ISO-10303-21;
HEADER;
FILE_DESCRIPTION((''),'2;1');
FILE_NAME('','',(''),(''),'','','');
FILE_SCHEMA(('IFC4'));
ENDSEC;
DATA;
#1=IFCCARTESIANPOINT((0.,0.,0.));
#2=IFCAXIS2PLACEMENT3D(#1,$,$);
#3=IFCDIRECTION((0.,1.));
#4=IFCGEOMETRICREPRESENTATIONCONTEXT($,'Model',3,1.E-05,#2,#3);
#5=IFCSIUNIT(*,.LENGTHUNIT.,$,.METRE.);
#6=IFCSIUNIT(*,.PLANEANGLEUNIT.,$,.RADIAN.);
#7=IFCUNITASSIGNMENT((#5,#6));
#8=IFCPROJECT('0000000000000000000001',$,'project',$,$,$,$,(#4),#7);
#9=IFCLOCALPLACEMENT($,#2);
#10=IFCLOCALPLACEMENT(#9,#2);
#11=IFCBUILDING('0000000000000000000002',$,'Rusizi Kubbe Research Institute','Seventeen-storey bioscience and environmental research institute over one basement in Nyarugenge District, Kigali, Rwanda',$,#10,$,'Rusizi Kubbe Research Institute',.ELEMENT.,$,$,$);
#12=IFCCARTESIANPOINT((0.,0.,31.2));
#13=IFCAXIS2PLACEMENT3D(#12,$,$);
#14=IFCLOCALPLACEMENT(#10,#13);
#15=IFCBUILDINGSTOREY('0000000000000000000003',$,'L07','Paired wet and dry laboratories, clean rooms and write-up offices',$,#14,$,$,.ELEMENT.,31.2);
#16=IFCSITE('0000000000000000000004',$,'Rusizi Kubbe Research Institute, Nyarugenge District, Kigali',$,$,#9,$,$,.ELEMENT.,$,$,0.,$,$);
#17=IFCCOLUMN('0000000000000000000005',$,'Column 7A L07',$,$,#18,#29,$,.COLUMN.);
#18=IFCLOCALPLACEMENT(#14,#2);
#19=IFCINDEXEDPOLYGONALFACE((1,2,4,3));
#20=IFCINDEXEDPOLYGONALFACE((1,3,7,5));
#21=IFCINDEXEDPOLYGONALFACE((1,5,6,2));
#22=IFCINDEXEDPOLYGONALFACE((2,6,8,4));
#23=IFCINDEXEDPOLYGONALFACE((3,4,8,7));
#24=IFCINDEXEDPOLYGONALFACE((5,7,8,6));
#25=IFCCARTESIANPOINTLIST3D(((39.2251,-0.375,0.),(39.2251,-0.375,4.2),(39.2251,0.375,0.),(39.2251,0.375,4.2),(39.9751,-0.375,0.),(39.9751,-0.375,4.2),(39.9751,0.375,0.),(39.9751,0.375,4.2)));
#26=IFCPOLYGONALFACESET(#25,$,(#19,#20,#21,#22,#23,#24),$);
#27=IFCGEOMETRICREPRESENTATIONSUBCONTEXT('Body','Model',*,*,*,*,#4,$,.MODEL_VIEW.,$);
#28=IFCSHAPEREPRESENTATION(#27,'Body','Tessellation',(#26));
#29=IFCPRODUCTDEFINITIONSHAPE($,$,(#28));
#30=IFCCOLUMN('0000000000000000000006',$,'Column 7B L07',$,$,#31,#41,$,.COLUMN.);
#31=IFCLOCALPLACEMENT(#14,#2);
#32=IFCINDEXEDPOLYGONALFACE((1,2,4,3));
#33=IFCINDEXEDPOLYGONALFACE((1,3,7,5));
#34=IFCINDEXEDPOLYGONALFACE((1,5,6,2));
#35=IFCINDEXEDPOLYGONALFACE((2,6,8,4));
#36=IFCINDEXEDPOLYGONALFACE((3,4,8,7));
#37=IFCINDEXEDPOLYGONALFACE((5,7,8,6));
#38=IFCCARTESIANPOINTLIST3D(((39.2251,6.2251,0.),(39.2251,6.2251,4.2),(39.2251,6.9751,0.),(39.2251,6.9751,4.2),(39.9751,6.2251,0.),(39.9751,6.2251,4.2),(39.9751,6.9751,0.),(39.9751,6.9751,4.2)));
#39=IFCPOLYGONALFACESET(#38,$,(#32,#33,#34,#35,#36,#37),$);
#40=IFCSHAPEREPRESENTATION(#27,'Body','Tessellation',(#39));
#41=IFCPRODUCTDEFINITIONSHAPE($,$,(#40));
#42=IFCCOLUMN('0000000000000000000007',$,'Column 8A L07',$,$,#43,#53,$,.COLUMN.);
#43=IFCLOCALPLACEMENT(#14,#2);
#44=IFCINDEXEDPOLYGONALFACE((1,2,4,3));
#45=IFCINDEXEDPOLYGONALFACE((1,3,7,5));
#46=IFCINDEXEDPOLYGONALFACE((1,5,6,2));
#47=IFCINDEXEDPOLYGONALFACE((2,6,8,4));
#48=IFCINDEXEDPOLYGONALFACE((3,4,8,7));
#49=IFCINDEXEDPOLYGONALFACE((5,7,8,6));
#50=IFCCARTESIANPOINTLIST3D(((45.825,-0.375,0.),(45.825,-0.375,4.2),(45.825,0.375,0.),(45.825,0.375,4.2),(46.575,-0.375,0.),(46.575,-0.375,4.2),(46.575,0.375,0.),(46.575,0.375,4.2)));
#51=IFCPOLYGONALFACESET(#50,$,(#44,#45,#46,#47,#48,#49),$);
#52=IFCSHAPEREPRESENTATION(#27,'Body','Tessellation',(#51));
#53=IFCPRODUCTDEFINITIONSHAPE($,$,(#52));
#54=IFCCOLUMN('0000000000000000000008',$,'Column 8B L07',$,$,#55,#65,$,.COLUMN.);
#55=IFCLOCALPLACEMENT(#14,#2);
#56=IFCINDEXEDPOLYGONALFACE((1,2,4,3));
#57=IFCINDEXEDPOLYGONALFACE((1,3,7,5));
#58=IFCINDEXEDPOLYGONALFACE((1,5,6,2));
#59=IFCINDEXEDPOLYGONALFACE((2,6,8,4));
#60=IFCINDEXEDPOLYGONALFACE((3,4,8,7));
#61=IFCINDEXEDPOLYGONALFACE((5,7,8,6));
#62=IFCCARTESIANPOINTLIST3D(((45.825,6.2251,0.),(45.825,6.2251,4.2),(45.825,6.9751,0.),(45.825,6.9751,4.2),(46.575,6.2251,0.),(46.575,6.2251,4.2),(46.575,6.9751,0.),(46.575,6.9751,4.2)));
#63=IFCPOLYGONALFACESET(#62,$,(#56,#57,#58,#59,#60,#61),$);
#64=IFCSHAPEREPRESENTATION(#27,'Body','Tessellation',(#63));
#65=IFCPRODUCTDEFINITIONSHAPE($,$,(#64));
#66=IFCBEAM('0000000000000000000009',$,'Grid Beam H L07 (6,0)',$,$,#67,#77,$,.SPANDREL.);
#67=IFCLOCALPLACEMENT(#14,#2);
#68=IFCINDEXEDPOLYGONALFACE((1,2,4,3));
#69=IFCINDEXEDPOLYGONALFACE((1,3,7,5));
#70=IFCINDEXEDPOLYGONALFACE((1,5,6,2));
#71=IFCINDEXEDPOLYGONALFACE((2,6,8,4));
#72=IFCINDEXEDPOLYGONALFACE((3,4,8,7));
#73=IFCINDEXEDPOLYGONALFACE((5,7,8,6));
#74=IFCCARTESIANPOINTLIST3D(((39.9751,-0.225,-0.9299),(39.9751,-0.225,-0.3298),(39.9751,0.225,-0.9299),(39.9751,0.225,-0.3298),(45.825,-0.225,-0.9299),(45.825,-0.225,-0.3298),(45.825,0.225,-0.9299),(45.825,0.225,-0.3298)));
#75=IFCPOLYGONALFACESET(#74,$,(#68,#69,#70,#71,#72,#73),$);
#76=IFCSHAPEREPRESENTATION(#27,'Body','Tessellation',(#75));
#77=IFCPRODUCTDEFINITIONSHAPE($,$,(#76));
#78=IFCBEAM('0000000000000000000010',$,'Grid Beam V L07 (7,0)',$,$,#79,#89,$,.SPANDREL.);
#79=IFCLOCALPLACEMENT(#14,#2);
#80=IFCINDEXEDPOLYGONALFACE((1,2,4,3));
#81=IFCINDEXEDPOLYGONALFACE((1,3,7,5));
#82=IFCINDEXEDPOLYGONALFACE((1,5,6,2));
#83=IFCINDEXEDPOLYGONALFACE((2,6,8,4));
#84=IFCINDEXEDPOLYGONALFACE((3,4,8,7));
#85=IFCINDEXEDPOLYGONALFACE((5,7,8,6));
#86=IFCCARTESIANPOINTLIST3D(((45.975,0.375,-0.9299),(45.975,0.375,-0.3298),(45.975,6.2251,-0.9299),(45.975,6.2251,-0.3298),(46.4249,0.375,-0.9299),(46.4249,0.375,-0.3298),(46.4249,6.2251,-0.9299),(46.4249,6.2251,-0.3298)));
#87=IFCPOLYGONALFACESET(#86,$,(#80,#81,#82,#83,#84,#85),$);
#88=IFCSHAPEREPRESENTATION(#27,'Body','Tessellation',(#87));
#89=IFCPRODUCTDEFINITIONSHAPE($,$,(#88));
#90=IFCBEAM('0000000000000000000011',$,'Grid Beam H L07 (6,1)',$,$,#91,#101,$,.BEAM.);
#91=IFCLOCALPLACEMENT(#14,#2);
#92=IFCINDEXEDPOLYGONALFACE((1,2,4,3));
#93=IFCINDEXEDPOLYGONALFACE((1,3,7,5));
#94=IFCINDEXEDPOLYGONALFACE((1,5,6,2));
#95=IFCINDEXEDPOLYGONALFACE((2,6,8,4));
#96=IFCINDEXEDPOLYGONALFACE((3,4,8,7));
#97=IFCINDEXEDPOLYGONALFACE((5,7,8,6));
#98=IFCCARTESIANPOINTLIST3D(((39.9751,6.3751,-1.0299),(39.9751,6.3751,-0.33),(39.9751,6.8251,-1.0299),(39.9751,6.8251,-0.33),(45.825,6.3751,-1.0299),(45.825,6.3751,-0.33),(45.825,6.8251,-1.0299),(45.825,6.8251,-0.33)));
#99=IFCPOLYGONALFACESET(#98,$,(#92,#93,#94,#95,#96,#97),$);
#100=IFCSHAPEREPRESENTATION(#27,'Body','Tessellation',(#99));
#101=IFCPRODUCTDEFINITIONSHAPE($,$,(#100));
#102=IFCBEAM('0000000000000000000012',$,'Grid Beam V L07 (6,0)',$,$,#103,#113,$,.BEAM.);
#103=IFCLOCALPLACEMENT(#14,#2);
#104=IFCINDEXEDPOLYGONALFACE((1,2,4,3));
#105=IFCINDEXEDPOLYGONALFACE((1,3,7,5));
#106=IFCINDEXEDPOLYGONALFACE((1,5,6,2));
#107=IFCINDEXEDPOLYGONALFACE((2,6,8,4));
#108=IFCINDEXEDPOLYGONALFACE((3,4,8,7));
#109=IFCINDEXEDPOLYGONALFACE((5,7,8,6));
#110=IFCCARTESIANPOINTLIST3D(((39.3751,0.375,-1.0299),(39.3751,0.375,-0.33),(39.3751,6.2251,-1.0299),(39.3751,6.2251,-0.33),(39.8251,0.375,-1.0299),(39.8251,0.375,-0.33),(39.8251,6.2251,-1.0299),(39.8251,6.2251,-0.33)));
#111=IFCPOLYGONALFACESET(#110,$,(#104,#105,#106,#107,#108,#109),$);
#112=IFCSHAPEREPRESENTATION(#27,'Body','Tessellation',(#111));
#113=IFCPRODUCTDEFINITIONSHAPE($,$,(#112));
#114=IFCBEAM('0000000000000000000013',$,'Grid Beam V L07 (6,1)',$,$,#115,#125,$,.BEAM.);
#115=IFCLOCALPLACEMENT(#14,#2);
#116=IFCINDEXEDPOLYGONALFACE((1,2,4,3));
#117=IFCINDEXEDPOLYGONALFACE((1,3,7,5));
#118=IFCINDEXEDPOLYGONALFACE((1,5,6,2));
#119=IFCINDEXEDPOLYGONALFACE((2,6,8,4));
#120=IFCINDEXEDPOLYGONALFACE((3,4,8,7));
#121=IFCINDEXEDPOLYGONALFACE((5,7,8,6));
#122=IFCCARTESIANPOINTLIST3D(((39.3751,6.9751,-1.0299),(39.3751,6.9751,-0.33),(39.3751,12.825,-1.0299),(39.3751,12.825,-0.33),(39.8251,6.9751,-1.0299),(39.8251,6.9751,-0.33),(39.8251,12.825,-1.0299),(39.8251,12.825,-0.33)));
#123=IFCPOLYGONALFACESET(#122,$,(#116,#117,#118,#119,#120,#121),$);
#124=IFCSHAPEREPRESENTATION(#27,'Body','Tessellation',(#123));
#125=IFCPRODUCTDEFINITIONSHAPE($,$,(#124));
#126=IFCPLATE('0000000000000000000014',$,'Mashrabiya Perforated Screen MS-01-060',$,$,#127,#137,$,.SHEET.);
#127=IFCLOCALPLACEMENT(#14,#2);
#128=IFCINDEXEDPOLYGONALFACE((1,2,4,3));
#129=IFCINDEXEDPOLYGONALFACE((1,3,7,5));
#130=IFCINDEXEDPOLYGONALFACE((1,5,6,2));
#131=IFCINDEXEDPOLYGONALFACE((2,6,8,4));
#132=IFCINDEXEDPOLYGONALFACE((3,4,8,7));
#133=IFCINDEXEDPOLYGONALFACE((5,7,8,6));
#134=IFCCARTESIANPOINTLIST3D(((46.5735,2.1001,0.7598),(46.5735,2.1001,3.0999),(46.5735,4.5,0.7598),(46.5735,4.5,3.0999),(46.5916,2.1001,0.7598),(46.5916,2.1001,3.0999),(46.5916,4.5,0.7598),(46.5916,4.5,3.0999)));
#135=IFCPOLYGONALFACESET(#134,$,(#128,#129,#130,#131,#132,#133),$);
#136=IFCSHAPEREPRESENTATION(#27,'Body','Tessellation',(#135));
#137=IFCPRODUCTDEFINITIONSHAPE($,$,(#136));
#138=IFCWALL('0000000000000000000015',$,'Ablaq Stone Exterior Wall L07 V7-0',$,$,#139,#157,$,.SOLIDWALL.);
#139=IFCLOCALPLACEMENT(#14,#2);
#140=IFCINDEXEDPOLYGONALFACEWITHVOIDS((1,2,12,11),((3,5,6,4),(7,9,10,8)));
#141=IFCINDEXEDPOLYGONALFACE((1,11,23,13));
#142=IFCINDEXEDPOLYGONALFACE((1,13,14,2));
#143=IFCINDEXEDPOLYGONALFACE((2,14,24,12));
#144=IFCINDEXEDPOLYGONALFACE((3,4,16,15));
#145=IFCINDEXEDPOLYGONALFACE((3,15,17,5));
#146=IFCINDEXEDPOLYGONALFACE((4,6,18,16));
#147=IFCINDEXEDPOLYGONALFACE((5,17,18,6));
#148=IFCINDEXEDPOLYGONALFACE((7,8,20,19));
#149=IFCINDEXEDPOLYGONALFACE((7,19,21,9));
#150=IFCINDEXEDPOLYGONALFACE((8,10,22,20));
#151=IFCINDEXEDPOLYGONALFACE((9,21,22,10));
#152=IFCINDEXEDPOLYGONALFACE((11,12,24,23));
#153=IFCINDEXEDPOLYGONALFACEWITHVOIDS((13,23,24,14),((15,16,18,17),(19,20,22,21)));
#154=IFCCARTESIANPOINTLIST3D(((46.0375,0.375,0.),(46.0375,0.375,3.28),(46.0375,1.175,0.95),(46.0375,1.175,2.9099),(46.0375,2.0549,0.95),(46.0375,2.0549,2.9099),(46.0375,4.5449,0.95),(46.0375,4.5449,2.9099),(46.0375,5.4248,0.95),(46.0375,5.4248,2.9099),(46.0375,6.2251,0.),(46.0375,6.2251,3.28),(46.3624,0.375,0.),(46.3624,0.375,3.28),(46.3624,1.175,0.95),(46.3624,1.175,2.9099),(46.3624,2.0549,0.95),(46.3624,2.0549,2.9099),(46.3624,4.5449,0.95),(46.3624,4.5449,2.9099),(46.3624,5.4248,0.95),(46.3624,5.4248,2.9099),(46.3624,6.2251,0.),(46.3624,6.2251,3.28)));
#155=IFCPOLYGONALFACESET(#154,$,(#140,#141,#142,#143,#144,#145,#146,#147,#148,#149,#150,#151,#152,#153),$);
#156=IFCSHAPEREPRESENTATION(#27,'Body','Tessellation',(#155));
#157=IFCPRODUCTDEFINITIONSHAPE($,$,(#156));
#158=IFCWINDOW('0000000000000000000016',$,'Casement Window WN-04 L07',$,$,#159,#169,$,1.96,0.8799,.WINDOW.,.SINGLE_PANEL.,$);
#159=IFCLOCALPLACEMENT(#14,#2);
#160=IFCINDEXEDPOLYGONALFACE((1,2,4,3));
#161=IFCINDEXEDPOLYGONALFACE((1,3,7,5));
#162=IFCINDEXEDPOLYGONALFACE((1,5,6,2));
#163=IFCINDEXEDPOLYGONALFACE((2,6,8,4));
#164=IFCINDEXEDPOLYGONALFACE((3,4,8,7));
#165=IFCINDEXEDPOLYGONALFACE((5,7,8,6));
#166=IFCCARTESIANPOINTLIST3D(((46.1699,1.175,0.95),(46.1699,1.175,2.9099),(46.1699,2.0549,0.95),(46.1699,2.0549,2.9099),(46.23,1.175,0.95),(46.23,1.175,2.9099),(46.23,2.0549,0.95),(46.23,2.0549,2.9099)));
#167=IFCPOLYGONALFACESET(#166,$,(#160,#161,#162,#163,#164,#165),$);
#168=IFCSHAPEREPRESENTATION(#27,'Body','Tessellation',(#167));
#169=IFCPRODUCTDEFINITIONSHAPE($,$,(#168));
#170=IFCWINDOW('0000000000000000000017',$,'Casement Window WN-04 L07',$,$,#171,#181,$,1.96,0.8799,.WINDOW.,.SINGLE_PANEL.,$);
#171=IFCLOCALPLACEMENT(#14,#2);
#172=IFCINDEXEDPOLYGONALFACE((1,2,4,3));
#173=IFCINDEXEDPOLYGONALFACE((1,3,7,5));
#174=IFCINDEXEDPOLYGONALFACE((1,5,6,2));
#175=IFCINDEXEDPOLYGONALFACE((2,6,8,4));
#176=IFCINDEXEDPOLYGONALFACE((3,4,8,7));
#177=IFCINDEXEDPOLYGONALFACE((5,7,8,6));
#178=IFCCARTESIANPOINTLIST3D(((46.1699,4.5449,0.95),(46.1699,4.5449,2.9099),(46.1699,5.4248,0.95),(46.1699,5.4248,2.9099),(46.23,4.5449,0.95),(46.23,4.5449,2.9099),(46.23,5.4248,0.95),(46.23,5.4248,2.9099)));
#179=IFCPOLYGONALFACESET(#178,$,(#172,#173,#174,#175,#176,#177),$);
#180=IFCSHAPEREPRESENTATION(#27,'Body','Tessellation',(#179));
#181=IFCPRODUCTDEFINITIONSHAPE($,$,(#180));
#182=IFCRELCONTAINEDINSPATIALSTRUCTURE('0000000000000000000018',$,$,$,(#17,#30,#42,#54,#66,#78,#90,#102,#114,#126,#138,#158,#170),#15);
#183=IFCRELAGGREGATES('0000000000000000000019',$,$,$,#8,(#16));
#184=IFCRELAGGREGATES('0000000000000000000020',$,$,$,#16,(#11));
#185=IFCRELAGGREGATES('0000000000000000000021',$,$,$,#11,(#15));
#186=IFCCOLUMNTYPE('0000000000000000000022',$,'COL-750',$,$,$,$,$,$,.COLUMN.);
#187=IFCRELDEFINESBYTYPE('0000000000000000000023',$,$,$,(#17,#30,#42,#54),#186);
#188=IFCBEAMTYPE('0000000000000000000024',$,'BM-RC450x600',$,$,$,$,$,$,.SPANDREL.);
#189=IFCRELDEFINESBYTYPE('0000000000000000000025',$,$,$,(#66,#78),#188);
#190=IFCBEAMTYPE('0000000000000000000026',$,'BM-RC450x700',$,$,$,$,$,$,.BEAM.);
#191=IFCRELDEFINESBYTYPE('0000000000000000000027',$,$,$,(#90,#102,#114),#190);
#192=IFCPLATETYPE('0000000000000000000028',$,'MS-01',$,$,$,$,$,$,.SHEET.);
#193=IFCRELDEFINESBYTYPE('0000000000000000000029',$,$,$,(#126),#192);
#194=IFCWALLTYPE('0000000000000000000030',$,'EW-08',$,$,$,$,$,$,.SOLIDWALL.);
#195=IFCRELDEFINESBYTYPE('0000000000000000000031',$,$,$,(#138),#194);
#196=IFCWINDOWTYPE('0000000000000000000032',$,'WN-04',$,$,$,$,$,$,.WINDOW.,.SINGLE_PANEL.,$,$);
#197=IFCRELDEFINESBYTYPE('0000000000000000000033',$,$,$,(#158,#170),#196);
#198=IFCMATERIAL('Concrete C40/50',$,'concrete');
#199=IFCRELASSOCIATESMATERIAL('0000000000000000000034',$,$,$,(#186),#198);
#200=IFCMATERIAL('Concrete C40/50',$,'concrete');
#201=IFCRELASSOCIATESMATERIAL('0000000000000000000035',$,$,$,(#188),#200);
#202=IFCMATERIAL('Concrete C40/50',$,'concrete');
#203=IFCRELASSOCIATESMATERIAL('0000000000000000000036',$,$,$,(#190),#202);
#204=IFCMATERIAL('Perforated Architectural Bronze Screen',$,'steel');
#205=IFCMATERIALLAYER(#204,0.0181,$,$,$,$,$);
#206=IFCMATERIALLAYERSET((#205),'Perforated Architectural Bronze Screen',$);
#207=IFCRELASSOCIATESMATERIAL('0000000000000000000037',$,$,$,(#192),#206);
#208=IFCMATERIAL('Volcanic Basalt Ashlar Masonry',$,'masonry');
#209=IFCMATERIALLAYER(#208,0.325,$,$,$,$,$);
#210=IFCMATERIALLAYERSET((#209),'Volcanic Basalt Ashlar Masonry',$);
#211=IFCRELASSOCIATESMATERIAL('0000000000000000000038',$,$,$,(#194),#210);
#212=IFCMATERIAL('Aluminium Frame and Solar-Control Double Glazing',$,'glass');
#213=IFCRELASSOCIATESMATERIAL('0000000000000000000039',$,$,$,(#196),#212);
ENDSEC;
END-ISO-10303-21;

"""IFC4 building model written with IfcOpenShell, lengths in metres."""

from ifc_helpers import new_model, si_unit, direction, frame, frame_2d, origin, origin_2d, place, context, subcontext, project, spatial, rectangle, extrude, material, layer, layer_set, material_profile, profile_set, type_object, element, fill, save


model = new_model("IFC4")

# Units and contexts
model_context = context("Model", 3, precision=1e-05, world=origin(), true_north=direction((0.0, 1.0)))
body_context = subcontext(model_context, "Body", "Model", "MODEL_VIEW")
ifc_project = project(units=[si_unit("LENGTHUNIT", "METRE"), si_unit("PLANEANGLEUNIT", "RADIAN")], contexts=[model_context])

# Site, building, storey
site_placement = place(None, origin())
site = spatial("IfcSite", under=ifc_project, at=site_placement, Name="Rusizi Kubbe Research Institute, Nyarugenge District, Kigali", CompositionType="ELEMENT", RefElevation=0.0)
building_placement = place(site_placement, origin())
building = spatial("IfcBuilding", under=site, at=building_placement, Name="Rusizi Kubbe Research Institute", Description="Seventeen-storey bioscience and environmental research institute over one basement in Nyarugenge District, Kigali, Rwanda", LongName="Rusizi Kubbe Research Institute", CompositionType="ELEMENT")
storey_placement = place(building_placement, frame((0.0, 0.0, 31.2)))
storey = spatial("IfcBuildingStorey", under=building, at=storey_placement, Name="L07", Description="Paired wet and dry laboratories, clean rooms and write-up offices", CompositionType="ELEMENT", Elevation=31.2)

# Columns
ifc_material_1 = material(Name="Concrete C40/50", Category="concrete")
ifc_material_profile_1 = material_profile(ifc_material_1, rectangle(XDim=0.75, YDim=0.75, at=origin_2d()), Name="RC750x750")
ifc_profile_set_1 = profile_set([ifc_material_profile_1], Name="Concrete C40/50")
column_type = type_object("IfcColumnType", Name="COL-750", PredefinedType="COLUMN", material=ifc_profile_set_1)
for number, where, z_axis, x_axis, name in (
    (1, (39.6001, 0.0, 0.0), (0.0, 0.0, 1.0), (1.0, 0.0, 0.0), "Column 7A L07"),
    (2, (39.6001, 6.6001, 0.0), (0.0, 0.0, 1.0), (1.0, 0.0, 0.0), "Column 7B L07"),
    (3, (46.2, 0.0, 0.0), (0.0, 0.0, 1.0), (1.0, 0.0, 0.0), "Column 8A L07"),
    (4, (46.2, 6.6001, 0.0), (0.0, 0.0, 1.0), (1.0, 0.0, 0.0), "Column 8B L07"),
):
    element("IfcColumn", number, at=place(storey_placement, frame(where, z_axis=z_axis, x_axis=x_axis)), inside=storey, type_object=column_type, Name=name, PredefinedType="COLUMN", context=body_context, shape_type="SweptSolid", body=[
        extrude(rectangle(XDim=0.75, YDim=0.75, at=origin_2d()), origin(), (0.0, 0.0, 1.0), 4.2),
    ])

# Beams
ifc_material_2 = material(Name="Concrete C40/50", Category="concrete")
ifc_material_profile_2 = material_profile(ifc_material_2, rectangle(XDim=0.45, YDim=0.6001, at=origin_2d()), Name="RC450x600")
ifc_profile_set_2 = profile_set([ifc_material_profile_2], Name="Concrete C40/50")
beam_type_1 = type_object("IfcBeamType", Name="BM-RC450x600", PredefinedType="SPANDREL", material=ifc_profile_set_2)
beam_1_placement = place(storey_placement, frame((39.9751, 0.0, -0.6299), z_axis=(1.0, 0.0, 0.0), x_axis=(0.0, 1.0, 0.0)))
element("IfcBeam", 5, at=beam_1_placement, inside=storey, type_object=beam_type_1, Name="Grid Beam H L07 (6,0)", PredefinedType="SPANDREL", context=body_context, shape_type="SweptSolid", body=[
    extrude(rectangle(XDim=0.45, YDim=0.6001, at=origin_2d()), origin(), (0.0, 0.0, 1.0), 5.8499),
])
beam_2_placement = place(storey_placement, frame((46.2, 0.375, -0.6299), z_axis=(0.0, 1.0, 0.0), x_axis=(-1.0, 0.0, 0.0)))
element("IfcBeam", 6, at=beam_2_placement, inside=storey, type_object=beam_type_1, Name="Grid Beam V L07 (7,0)", PredefinedType="SPANDREL", context=body_context, shape_type="SweptSolid", body=[
    extrude(rectangle(XDim=0.45, YDim=0.6001, at=origin_2d()), origin(), (0.0, 0.0, 1.0), 5.8501),
])
ifc_material_3 = material(Name="Concrete C40/50", Category="concrete")
ifc_material_profile_3 = material_profile(ifc_material_3, rectangle(XDim=0.45, YDim=0.7, at=origin_2d()), Name="RC450x700B")
ifc_profile_set_3 = profile_set([ifc_material_profile_3], Name="Concrete C40/50")
beam_type_2 = type_object("IfcBeamType", Name="BM-RC450x700", PredefinedType="BEAM", material=ifc_profile_set_3)
beam_3_placement = place(storey_placement, frame((39.9751, 6.6001, -0.6799), z_axis=(1.0, 0.0, 0.0), x_axis=(0.0, 1.0, 0.0)))
element("IfcBeam", 7, at=beam_3_placement, inside=storey, type_object=beam_type_2, Name="Grid Beam H L07 (6,1)", PredefinedType="BEAM", context=body_context, shape_type="SweptSolid", body=[
    extrude(rectangle(XDim=0.45, YDim=0.7, at=origin_2d()), origin(), (0.0, 0.0, 1.0), 5.8499),
])
beam_4_placement = place(storey_placement, frame((39.6001, 0.375, -0.6799), z_axis=(0.0, 1.0, 0.0), x_axis=(-1.0, 0.0, 0.0)))
element("IfcBeam", 8, at=beam_4_placement, inside=storey, type_object=beam_type_2, Name="Grid Beam V L07 (6,0)", PredefinedType="BEAM", context=body_context, shape_type="SweptSolid", body=[
    extrude(rectangle(XDim=0.45, YDim=0.7, at=origin_2d()), origin(), (0.0, 0.0, 1.0), 5.8501),
])
beam_5_placement = place(storey_placement, frame((39.6001, 6.9751, -0.6799), z_axis=(0.0, 1.0, 0.0), x_axis=(-1.0, 0.0, 0.0)))
element("IfcBeam", 9, at=beam_5_placement, inside=storey, type_object=beam_type_2, Name="Grid Beam V L07 (6,1)", PredefinedType="BEAM", context=body_context, shape_type="SweptSolid", body=[
    extrude(rectangle(XDim=0.45, YDim=0.7, at=origin_2d()), origin(), (0.0, 0.0, 1.0), 5.8499),
])

# Plate
ifc_material_4 = material(Name="Perforated Architectural Bronze Screen", Category="steel")
ifc_layer_1 = layer(ifc_material_4, 0.0181)
ifc_layer_set_1 = layer_set([ifc_layer_1], Name="Perforated Architectural Bronze Screen")
plate_type = type_object("IfcPlateType", Name="MS-01", PredefinedType="SHEET", material=ifc_layer_set_1)
plate_placement = place(storey_placement, frame((46.5825, 3.3, 0.7598), z_axis=(0.0, 0.0, 1.0), x_axis=(0.0, 1.0, 0.0)))
element("IfcPlate", 10, at=plate_placement, inside=storey, type_object=plate_type, Name="Mashrabiya Perforated Screen MS-01-060", PredefinedType="SHEET", context=body_context, shape_type="SweptSolid", body=[
    extrude(rectangle(XDim=2.3999, YDim=0.0181, at=origin_2d()), origin(), (0.0, 0.0, 1.0), 2.3401),
])

# Wall, openings, windows
ifc_material_5 = material(Name="Volcanic Basalt Ashlar Masonry", Category="masonry")
ifc_layer_2 = layer(ifc_material_5, 0.325)
ifc_layer_set_2 = layer_set([ifc_layer_2], Name="Volcanic Basalt Ashlar Masonry")
wall_type_1 = type_object("IfcWallType", Name="EW-08", PredefinedType="SOLIDWALL", material=ifc_layer_set_2)
wall_1_placement = place(storey_placement, frame((46.2, 0.375, 0.0), z_axis=(0.0, 0.0, 1.0), x_axis=(0.0, 1.0, 0.0)))
wall_1 = element("IfcWall", 11, at=wall_1_placement, inside=storey, type_object=wall_type_1, Name="Ablaq Stone Exterior Wall L07 V7-0", PredefinedType="SOLIDWALL", context=body_context, shape_type="SweptSolid", body=[
    extrude(rectangle(XDim=5.8501, YDim=0.325, at=frame_2d((2.925, 0.0))), origin(), (0.0, 0.0, 1.0), 3.28),
])
opening_1_placement = place(wall_1_placement, frame((0.8, 0.0, 0.95)))
opening_1 = element("IfcOpeningElement", 12, at=opening_1_placement, cuts=wall_1, PredefinedType="OPENING", context=body_context, shape_type="SweptSolid", body=[
    extrude(rectangle(XDim=0.8799, YDim=1.96, at=frame_2d((0.4399, 0.98))), frame((0.0, 0.1724, 0.0), z_axis=(0.0, -1.0, 0.0), x_axis=(1.0, 0.0, 0.0)), (0.0, 0.0, 1.0), 0.345),
])
opening_2_placement = place(wall_1_placement, frame((4.1699, 0.0, 0.95)))
opening_2 = element("IfcOpeningElement", 13, at=opening_2_placement, cuts=wall_1, PredefinedType="OPENING", context=body_context, shape_type="SweptSolid", body=[
    extrude(rectangle(XDim=0.8799, YDim=1.96, at=frame_2d((0.4399, 0.98))), frame((0.0, 0.1724, 0.0), z_axis=(0.0, -1.0, 0.0), x_axis=(1.0, 0.0, 0.0)), (0.0, 0.0, 1.0), 0.345),
])
ifc_material_6 = material(Name="Aluminium Frame and Solar-Control Double Glazing", Category="glass")
window_type = type_object("IfcWindowType", Name="WN-04", PartitioningType="SINGLE_PANEL", PredefinedType="WINDOW", material=ifc_material_6)
window_1_placement = place(opening_1_placement, origin())
window_1 = element("IfcWindow", 14, at=window_1_placement, inside=storey, type_object=window_type, Name="Casement Window WN-04 L07", OverallHeight=1.96, OverallWidth=0.8799, PartitioningType="SINGLE_PANEL", PredefinedType="WINDOW", context=body_context, shape_type="SweptSolid", body=[
    extrude(rectangle(XDim=0.8799, YDim=1.96, at=frame_2d((0.4399, 0.98))), frame((0.0, 0.03, 0.0), z_axis=(0.0, -1.0, 0.0), x_axis=(1.0, 0.0, 0.0)), (0.0, 0.0, 1.0), 0.0601),
])
fill(opening_1, window_1)
window_2_placement = place(opening_2_placement, origin())
window_2 = element("IfcWindow", 15, at=window_2_placement, inside=storey, type_object=window_type, Name="Casement Window WN-04 L07", OverallHeight=1.96, OverallWidth=0.8799, PartitioningType="SINGLE_PANEL", PredefinedType="WINDOW", context=body_context, shape_type="SweptSolid", body=[
    extrude(rectangle(XDim=0.8799, YDim=1.96, at=frame_2d((0.4399, 0.98))), frame((0.0, 0.03, 0.0), z_axis=(0.0, -1.0, 0.0), x_axis=(1.0, 0.0, 0.0)), (0.0, 0.0, 1.0), 0.0601),
])
fill(opening_2, window_2)

save(model, "model.ifc")
